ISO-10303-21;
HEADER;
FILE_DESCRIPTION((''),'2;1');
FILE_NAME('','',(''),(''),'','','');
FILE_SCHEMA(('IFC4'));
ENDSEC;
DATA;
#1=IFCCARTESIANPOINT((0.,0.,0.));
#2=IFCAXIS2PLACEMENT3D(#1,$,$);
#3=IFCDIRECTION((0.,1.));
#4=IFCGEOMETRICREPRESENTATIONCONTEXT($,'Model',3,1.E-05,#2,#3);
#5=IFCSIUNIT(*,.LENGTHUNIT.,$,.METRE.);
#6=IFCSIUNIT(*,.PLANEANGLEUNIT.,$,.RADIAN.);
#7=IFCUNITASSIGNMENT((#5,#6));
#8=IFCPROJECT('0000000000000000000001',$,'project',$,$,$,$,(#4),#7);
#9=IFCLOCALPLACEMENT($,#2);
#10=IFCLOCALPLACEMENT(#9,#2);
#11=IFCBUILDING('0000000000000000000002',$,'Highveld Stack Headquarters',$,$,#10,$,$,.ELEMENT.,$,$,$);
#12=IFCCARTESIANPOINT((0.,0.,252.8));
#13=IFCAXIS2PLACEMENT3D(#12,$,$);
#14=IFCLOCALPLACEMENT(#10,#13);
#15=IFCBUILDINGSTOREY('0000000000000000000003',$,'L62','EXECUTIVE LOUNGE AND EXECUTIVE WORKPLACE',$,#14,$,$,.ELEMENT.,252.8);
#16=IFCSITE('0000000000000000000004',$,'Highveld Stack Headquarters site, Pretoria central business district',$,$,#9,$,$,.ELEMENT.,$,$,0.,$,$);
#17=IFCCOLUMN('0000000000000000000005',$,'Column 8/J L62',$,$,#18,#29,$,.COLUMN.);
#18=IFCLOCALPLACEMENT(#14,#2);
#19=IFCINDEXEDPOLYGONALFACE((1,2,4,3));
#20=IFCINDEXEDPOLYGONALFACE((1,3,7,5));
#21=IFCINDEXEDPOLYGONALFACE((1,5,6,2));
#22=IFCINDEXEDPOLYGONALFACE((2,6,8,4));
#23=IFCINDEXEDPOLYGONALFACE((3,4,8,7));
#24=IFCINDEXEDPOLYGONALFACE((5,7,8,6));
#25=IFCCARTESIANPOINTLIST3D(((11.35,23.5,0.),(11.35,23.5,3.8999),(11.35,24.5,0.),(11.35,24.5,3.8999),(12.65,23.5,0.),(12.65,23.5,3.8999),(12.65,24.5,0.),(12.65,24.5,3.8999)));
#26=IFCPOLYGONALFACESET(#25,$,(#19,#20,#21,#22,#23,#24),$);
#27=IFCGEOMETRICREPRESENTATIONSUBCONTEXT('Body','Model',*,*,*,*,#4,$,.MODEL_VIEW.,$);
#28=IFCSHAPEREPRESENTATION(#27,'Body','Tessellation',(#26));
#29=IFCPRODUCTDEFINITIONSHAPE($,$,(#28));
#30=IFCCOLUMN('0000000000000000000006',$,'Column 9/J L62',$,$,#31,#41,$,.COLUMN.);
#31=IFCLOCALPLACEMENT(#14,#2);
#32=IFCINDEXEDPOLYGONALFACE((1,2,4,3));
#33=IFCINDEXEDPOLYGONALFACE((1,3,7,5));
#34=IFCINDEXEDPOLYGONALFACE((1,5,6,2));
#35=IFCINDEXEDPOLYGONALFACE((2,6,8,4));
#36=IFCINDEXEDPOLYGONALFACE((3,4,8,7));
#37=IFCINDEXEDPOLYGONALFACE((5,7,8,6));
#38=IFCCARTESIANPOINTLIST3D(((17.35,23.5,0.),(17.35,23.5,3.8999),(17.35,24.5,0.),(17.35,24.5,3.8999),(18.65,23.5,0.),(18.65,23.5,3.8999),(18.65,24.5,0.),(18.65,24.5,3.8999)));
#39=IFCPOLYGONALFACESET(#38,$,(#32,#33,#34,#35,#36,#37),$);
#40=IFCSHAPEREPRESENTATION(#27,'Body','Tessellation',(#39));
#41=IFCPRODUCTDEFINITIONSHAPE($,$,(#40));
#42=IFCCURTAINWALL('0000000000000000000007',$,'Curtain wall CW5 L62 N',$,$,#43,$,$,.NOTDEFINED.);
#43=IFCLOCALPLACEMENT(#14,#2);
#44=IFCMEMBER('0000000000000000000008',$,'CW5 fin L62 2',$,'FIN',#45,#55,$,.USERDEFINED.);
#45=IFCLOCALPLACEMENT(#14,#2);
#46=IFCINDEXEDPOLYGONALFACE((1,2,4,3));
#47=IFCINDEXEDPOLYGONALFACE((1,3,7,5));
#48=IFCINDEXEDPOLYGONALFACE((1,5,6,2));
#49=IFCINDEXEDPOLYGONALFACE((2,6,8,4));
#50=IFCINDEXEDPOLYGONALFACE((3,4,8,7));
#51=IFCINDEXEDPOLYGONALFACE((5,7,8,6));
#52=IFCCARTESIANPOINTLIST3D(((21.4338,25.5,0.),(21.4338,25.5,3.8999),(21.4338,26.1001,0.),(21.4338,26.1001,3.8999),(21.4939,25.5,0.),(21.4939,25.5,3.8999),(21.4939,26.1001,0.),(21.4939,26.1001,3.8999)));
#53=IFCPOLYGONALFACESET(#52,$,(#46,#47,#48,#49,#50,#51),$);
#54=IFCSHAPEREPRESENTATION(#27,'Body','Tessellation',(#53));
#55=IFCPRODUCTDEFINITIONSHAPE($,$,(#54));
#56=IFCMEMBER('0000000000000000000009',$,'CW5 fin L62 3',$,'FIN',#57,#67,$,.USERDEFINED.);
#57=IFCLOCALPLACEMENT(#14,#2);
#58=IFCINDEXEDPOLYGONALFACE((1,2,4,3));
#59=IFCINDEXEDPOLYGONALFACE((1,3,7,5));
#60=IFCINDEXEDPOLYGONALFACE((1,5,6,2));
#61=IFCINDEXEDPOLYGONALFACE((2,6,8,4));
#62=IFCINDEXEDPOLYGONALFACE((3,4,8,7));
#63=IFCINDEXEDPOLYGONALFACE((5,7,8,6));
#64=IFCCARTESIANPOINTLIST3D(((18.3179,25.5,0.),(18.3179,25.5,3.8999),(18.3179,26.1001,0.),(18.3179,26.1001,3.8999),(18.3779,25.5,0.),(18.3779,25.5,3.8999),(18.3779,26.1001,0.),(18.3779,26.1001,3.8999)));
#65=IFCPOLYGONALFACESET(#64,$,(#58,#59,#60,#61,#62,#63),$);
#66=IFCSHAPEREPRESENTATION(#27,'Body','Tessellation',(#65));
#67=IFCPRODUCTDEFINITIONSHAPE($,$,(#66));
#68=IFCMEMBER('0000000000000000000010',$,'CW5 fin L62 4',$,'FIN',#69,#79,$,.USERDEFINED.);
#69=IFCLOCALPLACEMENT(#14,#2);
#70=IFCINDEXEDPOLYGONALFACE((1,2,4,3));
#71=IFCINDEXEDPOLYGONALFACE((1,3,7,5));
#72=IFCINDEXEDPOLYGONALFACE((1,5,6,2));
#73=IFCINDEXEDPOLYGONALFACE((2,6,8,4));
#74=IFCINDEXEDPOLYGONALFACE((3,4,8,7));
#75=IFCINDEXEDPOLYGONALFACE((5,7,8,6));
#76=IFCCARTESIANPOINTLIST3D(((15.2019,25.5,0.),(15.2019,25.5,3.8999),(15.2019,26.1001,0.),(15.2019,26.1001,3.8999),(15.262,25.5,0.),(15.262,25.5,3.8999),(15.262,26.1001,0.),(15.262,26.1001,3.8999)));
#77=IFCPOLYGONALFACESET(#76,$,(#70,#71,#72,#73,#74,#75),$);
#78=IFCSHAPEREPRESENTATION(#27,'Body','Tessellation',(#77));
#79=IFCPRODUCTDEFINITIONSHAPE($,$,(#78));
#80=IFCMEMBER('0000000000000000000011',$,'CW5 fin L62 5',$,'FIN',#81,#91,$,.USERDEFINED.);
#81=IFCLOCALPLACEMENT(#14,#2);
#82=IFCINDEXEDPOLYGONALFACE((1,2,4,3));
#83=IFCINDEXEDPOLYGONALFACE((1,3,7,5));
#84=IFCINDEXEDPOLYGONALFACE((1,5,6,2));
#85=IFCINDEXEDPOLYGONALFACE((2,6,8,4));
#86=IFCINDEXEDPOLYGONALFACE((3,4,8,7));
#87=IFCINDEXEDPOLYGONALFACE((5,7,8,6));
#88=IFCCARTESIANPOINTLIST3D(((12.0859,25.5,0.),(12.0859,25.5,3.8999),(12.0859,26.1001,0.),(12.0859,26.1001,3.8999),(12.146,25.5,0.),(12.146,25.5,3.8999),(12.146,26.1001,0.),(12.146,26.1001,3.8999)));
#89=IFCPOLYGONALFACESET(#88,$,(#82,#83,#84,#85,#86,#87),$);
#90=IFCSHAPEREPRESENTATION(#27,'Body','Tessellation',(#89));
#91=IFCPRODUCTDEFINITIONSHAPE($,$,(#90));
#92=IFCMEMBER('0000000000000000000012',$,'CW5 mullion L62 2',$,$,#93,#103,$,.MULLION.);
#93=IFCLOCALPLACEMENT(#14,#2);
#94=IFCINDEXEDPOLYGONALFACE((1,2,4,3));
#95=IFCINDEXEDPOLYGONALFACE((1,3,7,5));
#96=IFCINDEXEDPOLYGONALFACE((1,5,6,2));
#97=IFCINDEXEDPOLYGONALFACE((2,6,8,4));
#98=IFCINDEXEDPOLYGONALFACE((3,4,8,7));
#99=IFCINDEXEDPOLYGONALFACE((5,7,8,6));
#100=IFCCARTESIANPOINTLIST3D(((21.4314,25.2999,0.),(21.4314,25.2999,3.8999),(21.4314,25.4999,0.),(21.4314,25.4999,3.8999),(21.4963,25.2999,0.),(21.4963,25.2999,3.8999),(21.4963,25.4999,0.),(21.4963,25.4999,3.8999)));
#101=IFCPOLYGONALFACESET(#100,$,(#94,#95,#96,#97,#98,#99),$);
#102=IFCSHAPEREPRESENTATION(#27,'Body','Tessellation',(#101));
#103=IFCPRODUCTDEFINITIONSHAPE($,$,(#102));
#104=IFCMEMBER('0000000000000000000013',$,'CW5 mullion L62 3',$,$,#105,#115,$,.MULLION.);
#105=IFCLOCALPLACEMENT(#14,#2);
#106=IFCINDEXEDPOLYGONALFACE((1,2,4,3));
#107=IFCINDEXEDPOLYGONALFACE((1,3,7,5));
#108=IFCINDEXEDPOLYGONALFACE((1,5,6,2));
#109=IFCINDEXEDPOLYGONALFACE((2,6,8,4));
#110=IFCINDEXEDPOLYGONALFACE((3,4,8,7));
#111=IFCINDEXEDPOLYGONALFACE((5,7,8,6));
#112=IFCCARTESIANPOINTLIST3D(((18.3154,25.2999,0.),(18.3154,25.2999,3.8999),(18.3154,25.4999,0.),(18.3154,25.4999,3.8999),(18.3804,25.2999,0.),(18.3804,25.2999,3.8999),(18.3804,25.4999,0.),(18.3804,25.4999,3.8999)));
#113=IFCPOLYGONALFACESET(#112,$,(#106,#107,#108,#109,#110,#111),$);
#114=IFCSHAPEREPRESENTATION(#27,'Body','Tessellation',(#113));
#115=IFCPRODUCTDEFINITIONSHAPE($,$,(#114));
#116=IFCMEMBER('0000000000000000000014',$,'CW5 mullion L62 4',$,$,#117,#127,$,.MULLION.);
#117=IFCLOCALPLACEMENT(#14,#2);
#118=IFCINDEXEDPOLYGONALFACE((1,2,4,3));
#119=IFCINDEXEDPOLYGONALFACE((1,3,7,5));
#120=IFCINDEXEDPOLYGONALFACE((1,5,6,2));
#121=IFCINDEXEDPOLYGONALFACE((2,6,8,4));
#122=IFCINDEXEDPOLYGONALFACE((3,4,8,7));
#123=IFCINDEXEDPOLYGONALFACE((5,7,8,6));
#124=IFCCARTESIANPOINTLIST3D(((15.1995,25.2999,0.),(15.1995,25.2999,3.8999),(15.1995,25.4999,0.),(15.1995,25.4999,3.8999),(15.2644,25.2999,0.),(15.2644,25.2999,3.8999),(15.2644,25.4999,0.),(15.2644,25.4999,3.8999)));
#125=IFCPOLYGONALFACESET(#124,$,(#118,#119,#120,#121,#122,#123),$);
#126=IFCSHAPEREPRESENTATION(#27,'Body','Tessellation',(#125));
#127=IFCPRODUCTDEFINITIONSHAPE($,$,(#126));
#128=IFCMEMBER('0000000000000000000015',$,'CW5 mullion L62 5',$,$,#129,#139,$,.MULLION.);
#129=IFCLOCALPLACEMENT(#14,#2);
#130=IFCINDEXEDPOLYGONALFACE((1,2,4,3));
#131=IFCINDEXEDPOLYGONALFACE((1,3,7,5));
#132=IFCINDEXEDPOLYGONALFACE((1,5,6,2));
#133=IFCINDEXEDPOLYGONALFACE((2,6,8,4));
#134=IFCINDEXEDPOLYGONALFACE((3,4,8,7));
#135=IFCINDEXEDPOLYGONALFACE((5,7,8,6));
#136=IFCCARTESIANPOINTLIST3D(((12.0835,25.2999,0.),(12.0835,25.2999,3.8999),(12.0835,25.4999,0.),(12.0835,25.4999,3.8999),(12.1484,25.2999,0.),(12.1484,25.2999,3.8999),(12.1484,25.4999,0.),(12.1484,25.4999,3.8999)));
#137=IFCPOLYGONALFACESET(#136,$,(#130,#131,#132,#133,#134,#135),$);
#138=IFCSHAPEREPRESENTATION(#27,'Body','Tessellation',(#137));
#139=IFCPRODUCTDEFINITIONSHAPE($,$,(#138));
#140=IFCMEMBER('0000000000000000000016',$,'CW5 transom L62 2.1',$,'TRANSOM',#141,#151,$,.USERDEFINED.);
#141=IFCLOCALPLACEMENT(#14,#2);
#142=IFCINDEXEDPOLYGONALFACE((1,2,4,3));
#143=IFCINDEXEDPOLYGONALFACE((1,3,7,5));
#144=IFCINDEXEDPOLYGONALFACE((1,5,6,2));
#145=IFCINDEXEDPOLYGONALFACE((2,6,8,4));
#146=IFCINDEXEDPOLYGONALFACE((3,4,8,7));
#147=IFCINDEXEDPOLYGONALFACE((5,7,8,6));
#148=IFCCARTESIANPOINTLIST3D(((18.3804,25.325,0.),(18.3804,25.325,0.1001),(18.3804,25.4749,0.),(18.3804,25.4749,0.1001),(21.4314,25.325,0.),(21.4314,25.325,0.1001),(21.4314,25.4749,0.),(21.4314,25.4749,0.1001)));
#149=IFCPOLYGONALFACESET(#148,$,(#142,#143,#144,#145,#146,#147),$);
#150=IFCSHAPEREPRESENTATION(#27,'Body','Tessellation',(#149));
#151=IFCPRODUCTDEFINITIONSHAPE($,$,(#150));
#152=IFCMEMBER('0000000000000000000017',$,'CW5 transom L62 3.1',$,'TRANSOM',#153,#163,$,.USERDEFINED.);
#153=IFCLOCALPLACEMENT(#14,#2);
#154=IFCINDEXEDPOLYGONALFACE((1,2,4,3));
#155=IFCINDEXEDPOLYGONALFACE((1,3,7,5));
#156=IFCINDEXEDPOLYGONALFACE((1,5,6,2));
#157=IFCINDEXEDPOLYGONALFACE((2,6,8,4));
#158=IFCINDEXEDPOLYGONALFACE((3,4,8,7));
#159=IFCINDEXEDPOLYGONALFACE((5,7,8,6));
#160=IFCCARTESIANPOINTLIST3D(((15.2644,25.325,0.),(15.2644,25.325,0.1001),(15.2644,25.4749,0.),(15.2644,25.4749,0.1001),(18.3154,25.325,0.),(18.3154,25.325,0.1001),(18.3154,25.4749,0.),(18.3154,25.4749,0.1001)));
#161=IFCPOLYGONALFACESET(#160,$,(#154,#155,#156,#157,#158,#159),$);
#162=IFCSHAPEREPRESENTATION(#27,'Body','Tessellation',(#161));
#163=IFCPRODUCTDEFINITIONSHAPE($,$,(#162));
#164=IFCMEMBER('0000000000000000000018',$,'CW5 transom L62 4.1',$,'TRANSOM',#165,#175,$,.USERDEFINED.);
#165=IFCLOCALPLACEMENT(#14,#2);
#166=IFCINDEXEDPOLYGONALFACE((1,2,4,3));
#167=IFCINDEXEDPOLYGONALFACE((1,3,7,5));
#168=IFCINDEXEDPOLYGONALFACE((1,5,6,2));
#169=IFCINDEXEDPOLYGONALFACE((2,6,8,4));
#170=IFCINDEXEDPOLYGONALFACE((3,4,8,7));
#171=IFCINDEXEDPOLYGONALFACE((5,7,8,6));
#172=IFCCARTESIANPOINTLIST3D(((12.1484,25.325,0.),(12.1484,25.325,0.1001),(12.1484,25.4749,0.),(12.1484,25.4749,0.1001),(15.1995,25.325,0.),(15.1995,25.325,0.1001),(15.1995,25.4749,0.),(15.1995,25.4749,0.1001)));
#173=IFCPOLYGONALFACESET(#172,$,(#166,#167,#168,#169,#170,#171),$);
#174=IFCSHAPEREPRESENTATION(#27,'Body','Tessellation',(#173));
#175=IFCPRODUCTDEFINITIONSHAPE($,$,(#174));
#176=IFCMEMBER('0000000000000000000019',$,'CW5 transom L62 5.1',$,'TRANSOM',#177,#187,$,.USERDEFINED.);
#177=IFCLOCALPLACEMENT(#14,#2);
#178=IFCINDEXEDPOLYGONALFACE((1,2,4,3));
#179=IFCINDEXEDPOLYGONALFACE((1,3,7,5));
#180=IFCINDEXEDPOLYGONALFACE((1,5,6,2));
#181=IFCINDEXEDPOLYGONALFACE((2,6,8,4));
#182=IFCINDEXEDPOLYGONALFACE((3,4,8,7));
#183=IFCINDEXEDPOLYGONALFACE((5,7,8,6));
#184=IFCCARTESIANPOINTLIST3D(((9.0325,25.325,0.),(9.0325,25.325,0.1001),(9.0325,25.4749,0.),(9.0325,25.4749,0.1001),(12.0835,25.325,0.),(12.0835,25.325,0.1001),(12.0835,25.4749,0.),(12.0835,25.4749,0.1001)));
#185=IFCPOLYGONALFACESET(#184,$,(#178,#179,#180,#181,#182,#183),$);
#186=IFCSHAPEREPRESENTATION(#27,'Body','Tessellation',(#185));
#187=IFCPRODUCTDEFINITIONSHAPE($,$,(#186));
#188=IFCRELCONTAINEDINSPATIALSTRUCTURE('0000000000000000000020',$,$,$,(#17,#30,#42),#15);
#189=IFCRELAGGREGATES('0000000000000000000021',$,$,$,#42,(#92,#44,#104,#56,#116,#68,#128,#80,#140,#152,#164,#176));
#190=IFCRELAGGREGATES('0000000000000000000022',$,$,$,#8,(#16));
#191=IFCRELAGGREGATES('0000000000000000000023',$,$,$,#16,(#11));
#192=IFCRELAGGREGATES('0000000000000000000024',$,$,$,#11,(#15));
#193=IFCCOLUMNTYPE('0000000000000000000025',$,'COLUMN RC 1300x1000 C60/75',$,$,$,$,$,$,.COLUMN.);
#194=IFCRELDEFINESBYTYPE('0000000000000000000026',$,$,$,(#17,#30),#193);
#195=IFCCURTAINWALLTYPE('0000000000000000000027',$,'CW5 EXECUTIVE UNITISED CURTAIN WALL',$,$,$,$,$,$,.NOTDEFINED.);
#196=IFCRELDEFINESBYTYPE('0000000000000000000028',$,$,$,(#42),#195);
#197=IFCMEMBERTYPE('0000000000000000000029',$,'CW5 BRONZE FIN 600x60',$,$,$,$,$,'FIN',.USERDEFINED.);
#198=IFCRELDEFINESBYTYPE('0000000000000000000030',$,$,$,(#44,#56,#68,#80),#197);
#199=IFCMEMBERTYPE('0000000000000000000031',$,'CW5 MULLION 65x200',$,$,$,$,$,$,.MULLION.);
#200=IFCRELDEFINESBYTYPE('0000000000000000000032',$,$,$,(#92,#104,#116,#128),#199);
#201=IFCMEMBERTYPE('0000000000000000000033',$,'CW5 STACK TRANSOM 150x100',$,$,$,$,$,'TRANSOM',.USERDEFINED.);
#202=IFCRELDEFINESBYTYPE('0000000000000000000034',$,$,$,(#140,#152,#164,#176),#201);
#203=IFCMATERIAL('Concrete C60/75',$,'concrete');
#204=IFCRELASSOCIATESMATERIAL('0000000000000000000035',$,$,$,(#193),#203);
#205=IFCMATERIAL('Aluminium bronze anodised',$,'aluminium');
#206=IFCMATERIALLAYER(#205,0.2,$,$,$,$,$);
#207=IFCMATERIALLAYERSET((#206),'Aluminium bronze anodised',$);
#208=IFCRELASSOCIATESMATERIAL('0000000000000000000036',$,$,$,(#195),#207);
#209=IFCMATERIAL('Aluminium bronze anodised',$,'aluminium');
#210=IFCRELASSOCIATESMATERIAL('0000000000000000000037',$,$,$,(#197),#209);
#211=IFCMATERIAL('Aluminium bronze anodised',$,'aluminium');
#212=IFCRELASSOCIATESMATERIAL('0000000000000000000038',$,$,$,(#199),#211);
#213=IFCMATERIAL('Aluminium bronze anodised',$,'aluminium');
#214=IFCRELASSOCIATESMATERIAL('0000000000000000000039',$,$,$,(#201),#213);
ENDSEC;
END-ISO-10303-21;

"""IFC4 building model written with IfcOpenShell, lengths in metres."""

from ifc_helpers import new_model, si_unit, direction, frame, origin, origin_2d, place, context, subcontext, project, spatial, rectangle, extrude, material, layer, layer_set, material_profile, profile_set, type_object, element, aggregate, save


model = new_model("IFC4")

# Units and contexts
model_context = context("Model", 3, precision=1e-05, world=origin(), true_north=direction((0.0, 1.0)))
body_context = subcontext(model_context, "Body", "Model", "MODEL_VIEW")
ifc_project = project(units=[si_unit("LENGTHUNIT", "METRE"), si_unit("PLANEANGLEUNIT", "RADIAN")], contexts=[model_context])

# Site, building, storey
site_placement = place(None, origin())
site = spatial("IfcSite", under=ifc_project, at=site_placement, Name="Highveld Stack Headquarters site, Pretoria central business district", CompositionType="ELEMENT", RefElevation=0.0)
building_placement = place(site_placement, origin())
building = spatial("IfcBuilding", under=site, at=building_placement, Name="Highveld Stack Headquarters", CompositionType="ELEMENT")
storey_placement = place(building_placement, frame((0.0, 0.0, 252.8)))
storey = spatial("IfcBuildingStorey", under=building, at=storey_placement, Name="L62", Description="EXECUTIVE LOUNGE AND EXECUTIVE WORKPLACE", CompositionType="ELEMENT", Elevation=252.8)

# Columns
ifc_material_1 = material(Name="Concrete C60/75", Category="concrete")
ifc_material_profile_1 = material_profile(ifc_material_1, rectangle(XDim=1.3, YDim=1.0, at=origin_2d()), Name="RC 1300x1000")
ifc_profile_set_1 = profile_set([ifc_material_profile_1], Name="Concrete C60/75")
column_type = type_object("IfcColumnType", Name="COLUMN RC 1300x1000 C60/75", PredefinedType="COLUMN", material=ifc_profile_set_1)
for number, where, z_axis, x_axis, name in (
    (1, (12.0, 24.0, 0.0), (0.0, 0.0, 1.0), (1.0, 0.0, 0.0), "Column 8/J L62"),
    (2, (18.0, 24.0, 0.0), (0.0, 0.0, 1.0), (1.0, 0.0, 0.0), "Column 9/J L62"),
):
    element("IfcColumn", number, at=place(storey_placement, frame(where, z_axis=z_axis, x_axis=x_axis)), inside=storey, type_object=column_type, Name=name, PredefinedType="COLUMN", context=body_context, shape_type="SweptSolid", body=[
        extrude(rectangle(XDim=1.3, YDim=1.0, at=origin_2d()), origin(), (0.0, 0.0, 1.0), 3.8999),
    ])

# Curtain wall, members
ifc_material_2 = material(Name="Aluminium bronze anodised", Category="aluminium")
ifc_layer_1 = layer(ifc_material_2, 0.2)
ifc_layer_set_1 = layer_set([ifc_layer_1], Name="Aluminium bronze anodised")
curtain_wall_type = type_object("IfcCurtainWallType", Name="CW5 EXECUTIVE UNITISED CURTAIN WALL", PredefinedType="NOTDEFINED", material=ifc_layer_set_1)
curtain_wall_placement = place(storey_placement, origin())
curtain_wall = element("IfcCurtainWall", 3, at=curtain_wall_placement, inside=storey, type_object=curtain_wall_type, Name="Curtain wall CW5 L62 N", PredefinedType="NOTDEFINED")
ifc_material_3 = material(Name="Aluminium bronze anodised", Category="aluminium")
ifc_material_profile_2 = material_profile(ifc_material_3, rectangle(XDim=0.6001, YDim=0.0601, at=origin_2d()), Name="FIN 600x60")
ifc_profile_set_2 = profile_set([ifc_material_profile_2], Name="Aluminium bronze anodised")
member_type_1 = type_object("IfcMemberType", Name="CW5 BRONZE FIN 600x60", ElementType="FIN", PredefinedType="USERDEFINED", material=ifc_profile_set_2)
member_1_placement = place(storey_placement, frame((21.4639, 25.8, 0.0), z_axis=(0.0, 0.0, 1.0), x_axis=(0.0, -1.0, 0.0)))
member_1 = element("IfcMember", 4, at=member_1_placement, type_object=member_type_1, Name="CW5 fin L62 2", ObjectType="FIN", PredefinedType="USERDEFINED", context=body_context, shape_type="SweptSolid", body=[
    extrude(rectangle(XDim=0.6001, YDim=0.0601, at=origin_2d()), origin(), (0.0, 0.0, 1.0), 3.8999),
])
member_2_placement = place(storey_placement, frame((18.3479, 25.8, 0.0), z_axis=(0.0, 0.0, 1.0), x_axis=(0.0, -1.0, 0.0)))
member_2 = element("IfcMember", 5, at=member_2_placement, type_object=member_type_1, Name="CW5 fin L62 3", ObjectType="FIN", PredefinedType="USERDEFINED", context=body_context, shape_type="SweptSolid", body=[
    extrude(rectangle(XDim=0.6001, YDim=0.0601, at=origin_2d()), origin(), (0.0, 0.0, 1.0), 3.8999),
])
member_3_placement = place(storey_placement, frame((15.2319, 25.8, 0.0), z_axis=(0.0, 0.0, 1.0), x_axis=(0.0, -1.0, 0.0)))
member_3 = element("IfcMember", 6, at=member_3_placement, type_object=member_type_1, Name="CW5 fin L62 4", ObjectType="FIN", PredefinedType="USERDEFINED", context=body_context, shape_type="SweptSolid", body=[
    extrude(rectangle(XDim=0.6001, YDim=0.0601, at=origin_2d()), origin(), (0.0, 0.0, 1.0), 3.8999),
])
member_4_placement = place(storey_placement, frame((12.116, 25.8, 0.0), z_axis=(0.0, 0.0, 1.0), x_axis=(0.0, -1.0, 0.0)))
member_4 = element("IfcMember", 7, at=member_4_placement, type_object=member_type_1, Name="CW5 fin L62 5", ObjectType="FIN", PredefinedType="USERDEFINED", context=body_context, shape_type="SweptSolid", body=[
    extrude(rectangle(XDim=0.6001, YDim=0.0601, at=origin_2d()), origin(), (0.0, 0.0, 1.0), 3.8999),
])
ifc_material_4 = material(Name="Aluminium bronze anodised", Category="aluminium")
ifc_material_profile_3 = material_profile(ifc_material_4, rectangle(XDim=0.2, YDim=0.0649, at=origin_2d()), Name="CW5 MULLION 65x200")
ifc_profile_set_3 = profile_set([ifc_material_profile_3], Name="Aluminium bronze anodised")
member_type_2 = type_object("IfcMemberType", Name="CW5 MULLION 65x200", PredefinedType="MULLION", material=ifc_profile_set_3)
member_5_placement = place(storey_placement, frame((21.4639, 25.3999, 0.0), z_axis=(0.0, 0.0, 1.0), x_axis=(0.0, -1.0, 0.0)))
member_5 = element("IfcMember", 8, at=member_5_placement, type_object=member_type_2, Name="CW5 mullion L62 2", PredefinedType="MULLION", context=body_context, shape_type="SweptSolid", body=[
    extrude(rectangle(XDim=0.2, YDim=0.0649, at=origin_2d()), origin(), (0.0, 0.0, 1.0), 3.8999),
])
member_6_placement = place(storey_placement, frame((18.3479, 25.3999, 0.0), z_axis=(0.0, 0.0, 1.0), x_axis=(0.0, -1.0, 0.0)))
member_6 = element("IfcMember", 9, at=member_6_placement, type_object=member_type_2, Name="CW5 mullion L62 3", PredefinedType="MULLION", context=body_context, shape_type="SweptSolid", body=[
    extrude(rectangle(XDim=0.2, YDim=0.0649, at=origin_2d()), origin(), (0.0, 0.0, 1.0), 3.8999),
])
member_7_placement = place(storey_placement, frame((15.2319, 25.3999, 0.0), z_axis=(0.0, 0.0, 1.0), x_axis=(0.0, -1.0, 0.0)))
member_7 = element("IfcMember", 10, at=member_7_placement, type_object=member_type_2, Name="CW5 mullion L62 4", PredefinedType="MULLION", context=body_context, shape_type="SweptSolid", body=[
    extrude(rectangle(XDim=0.2, YDim=0.0649, at=origin_2d()), origin(), (0.0, 0.0, 1.0), 3.8999),
])
member_8_placement = place(storey_placement, frame((12.116, 25.3999, 0.0), z_axis=(0.0, 0.0, 1.0), x_axis=(0.0, -1.0, 0.0)))
member_8 = element("IfcMember", 11, at=member_8_placement, type_object=member_type_2, Name="CW5 mullion L62 5", PredefinedType="MULLION", context=body_context, shape_type="SweptSolid", body=[
    extrude(rectangle(XDim=0.2, YDim=0.0649, at=origin_2d()), origin(), (0.0, 0.0, 1.0), 3.8999),
])
ifc_material_5 = material(Name="Aluminium bronze anodised", Category="aluminium")
ifc_material_profile_4 = material_profile(ifc_material_5, rectangle(XDim=0.1499, YDim=0.1001, at=origin_2d()), Name="CW5 TRANSOM 150x100")
ifc_profile_set_4 = profile_set([ifc_material_profile_4], Name="Aluminium bronze anodised")
member_type_3 = type_object("IfcMemberType", Name="CW5 STACK TRANSOM 150x100", ElementType="TRANSOM", PredefinedType="USERDEFINED", material=ifc_profile_set_4)
member_9_placement = place(storey_placement, frame((21.4314, 25.3999, 0.05), z_axis=(-1.0, 0.0, 0.0), x_axis=(0.0, -1.0, 0.0)))
member_9 = element("IfcMember", 12, at=member_9_placement, type_object=member_type_3, Name="CW5 transom L62 2.1", ObjectType="TRANSOM", PredefinedType="USERDEFINED", context=body_context, shape_type="SweptSolid", body=[
    extrude(rectangle(XDim=0.1499, YDim=0.1001, at=origin_2d()), origin(), (0.0, 0.0, 1.0), 3.051),
])
member_10_placement = place(storey_placement, frame((18.3154, 25.3999, 0.05), z_axis=(-1.0, 0.0, 0.0), x_axis=(0.0, -1.0, 0.0)))
member_10 = element("IfcMember", 13, at=member_10_placement, type_object=member_type_3, Name="CW5 transom L62 3.1", ObjectType="TRANSOM", PredefinedType="USERDEFINED", context=body_context, shape_type="SweptSolid", body=[
    extrude(rectangle(XDim=0.1499, YDim=0.1001, at=origin_2d()), origin(), (0.0, 0.0, 1.0), 3.051),
])
member_11_placement = place(storey_placement, frame((15.1995, 25.3999, 0.05), z_axis=(-1.0, 0.0, 0.0), x_axis=(0.0, -1.0, 0.0)))
member_11 = element("IfcMember", 14, at=member_11_placement, type_object=member_type_3, Name="CW5 transom L62 4.1", ObjectType="TRANSOM", PredefinedType="USERDEFINED", context=body_context, shape_type="SweptSolid", body=[
    extrude(rectangle(XDim=0.1499, YDim=0.1001, at=origin_2d()), origin(), (0.0, 0.0, 1.0), 3.051),
])
member_12_placement = place(storey_placement, frame((12.0835, 25.3999, 0.05), z_axis=(-1.0, 0.0, 0.0), x_axis=(0.0, -1.0, 0.0)))
member_12 = element("IfcMember", 15, at=member_12_placement, type_object=member_type_3, Name="CW5 transom L62 5.1", ObjectType="TRANSOM", PredefinedType="USERDEFINED", context=body_context, shape_type="SweptSolid", body=[
    extrude(rectangle(XDim=0.1499, YDim=0.1001, at=origin_2d()), origin(), (0.0, 0.0, 1.0), 3.051),
])
aggregate(curtain_wall, [member_5, member_1, member_6, member_2, member_7, member_3, member_8, member_4, member_9, member_10, member_11, member_12])

save(model, "model.ifc")
